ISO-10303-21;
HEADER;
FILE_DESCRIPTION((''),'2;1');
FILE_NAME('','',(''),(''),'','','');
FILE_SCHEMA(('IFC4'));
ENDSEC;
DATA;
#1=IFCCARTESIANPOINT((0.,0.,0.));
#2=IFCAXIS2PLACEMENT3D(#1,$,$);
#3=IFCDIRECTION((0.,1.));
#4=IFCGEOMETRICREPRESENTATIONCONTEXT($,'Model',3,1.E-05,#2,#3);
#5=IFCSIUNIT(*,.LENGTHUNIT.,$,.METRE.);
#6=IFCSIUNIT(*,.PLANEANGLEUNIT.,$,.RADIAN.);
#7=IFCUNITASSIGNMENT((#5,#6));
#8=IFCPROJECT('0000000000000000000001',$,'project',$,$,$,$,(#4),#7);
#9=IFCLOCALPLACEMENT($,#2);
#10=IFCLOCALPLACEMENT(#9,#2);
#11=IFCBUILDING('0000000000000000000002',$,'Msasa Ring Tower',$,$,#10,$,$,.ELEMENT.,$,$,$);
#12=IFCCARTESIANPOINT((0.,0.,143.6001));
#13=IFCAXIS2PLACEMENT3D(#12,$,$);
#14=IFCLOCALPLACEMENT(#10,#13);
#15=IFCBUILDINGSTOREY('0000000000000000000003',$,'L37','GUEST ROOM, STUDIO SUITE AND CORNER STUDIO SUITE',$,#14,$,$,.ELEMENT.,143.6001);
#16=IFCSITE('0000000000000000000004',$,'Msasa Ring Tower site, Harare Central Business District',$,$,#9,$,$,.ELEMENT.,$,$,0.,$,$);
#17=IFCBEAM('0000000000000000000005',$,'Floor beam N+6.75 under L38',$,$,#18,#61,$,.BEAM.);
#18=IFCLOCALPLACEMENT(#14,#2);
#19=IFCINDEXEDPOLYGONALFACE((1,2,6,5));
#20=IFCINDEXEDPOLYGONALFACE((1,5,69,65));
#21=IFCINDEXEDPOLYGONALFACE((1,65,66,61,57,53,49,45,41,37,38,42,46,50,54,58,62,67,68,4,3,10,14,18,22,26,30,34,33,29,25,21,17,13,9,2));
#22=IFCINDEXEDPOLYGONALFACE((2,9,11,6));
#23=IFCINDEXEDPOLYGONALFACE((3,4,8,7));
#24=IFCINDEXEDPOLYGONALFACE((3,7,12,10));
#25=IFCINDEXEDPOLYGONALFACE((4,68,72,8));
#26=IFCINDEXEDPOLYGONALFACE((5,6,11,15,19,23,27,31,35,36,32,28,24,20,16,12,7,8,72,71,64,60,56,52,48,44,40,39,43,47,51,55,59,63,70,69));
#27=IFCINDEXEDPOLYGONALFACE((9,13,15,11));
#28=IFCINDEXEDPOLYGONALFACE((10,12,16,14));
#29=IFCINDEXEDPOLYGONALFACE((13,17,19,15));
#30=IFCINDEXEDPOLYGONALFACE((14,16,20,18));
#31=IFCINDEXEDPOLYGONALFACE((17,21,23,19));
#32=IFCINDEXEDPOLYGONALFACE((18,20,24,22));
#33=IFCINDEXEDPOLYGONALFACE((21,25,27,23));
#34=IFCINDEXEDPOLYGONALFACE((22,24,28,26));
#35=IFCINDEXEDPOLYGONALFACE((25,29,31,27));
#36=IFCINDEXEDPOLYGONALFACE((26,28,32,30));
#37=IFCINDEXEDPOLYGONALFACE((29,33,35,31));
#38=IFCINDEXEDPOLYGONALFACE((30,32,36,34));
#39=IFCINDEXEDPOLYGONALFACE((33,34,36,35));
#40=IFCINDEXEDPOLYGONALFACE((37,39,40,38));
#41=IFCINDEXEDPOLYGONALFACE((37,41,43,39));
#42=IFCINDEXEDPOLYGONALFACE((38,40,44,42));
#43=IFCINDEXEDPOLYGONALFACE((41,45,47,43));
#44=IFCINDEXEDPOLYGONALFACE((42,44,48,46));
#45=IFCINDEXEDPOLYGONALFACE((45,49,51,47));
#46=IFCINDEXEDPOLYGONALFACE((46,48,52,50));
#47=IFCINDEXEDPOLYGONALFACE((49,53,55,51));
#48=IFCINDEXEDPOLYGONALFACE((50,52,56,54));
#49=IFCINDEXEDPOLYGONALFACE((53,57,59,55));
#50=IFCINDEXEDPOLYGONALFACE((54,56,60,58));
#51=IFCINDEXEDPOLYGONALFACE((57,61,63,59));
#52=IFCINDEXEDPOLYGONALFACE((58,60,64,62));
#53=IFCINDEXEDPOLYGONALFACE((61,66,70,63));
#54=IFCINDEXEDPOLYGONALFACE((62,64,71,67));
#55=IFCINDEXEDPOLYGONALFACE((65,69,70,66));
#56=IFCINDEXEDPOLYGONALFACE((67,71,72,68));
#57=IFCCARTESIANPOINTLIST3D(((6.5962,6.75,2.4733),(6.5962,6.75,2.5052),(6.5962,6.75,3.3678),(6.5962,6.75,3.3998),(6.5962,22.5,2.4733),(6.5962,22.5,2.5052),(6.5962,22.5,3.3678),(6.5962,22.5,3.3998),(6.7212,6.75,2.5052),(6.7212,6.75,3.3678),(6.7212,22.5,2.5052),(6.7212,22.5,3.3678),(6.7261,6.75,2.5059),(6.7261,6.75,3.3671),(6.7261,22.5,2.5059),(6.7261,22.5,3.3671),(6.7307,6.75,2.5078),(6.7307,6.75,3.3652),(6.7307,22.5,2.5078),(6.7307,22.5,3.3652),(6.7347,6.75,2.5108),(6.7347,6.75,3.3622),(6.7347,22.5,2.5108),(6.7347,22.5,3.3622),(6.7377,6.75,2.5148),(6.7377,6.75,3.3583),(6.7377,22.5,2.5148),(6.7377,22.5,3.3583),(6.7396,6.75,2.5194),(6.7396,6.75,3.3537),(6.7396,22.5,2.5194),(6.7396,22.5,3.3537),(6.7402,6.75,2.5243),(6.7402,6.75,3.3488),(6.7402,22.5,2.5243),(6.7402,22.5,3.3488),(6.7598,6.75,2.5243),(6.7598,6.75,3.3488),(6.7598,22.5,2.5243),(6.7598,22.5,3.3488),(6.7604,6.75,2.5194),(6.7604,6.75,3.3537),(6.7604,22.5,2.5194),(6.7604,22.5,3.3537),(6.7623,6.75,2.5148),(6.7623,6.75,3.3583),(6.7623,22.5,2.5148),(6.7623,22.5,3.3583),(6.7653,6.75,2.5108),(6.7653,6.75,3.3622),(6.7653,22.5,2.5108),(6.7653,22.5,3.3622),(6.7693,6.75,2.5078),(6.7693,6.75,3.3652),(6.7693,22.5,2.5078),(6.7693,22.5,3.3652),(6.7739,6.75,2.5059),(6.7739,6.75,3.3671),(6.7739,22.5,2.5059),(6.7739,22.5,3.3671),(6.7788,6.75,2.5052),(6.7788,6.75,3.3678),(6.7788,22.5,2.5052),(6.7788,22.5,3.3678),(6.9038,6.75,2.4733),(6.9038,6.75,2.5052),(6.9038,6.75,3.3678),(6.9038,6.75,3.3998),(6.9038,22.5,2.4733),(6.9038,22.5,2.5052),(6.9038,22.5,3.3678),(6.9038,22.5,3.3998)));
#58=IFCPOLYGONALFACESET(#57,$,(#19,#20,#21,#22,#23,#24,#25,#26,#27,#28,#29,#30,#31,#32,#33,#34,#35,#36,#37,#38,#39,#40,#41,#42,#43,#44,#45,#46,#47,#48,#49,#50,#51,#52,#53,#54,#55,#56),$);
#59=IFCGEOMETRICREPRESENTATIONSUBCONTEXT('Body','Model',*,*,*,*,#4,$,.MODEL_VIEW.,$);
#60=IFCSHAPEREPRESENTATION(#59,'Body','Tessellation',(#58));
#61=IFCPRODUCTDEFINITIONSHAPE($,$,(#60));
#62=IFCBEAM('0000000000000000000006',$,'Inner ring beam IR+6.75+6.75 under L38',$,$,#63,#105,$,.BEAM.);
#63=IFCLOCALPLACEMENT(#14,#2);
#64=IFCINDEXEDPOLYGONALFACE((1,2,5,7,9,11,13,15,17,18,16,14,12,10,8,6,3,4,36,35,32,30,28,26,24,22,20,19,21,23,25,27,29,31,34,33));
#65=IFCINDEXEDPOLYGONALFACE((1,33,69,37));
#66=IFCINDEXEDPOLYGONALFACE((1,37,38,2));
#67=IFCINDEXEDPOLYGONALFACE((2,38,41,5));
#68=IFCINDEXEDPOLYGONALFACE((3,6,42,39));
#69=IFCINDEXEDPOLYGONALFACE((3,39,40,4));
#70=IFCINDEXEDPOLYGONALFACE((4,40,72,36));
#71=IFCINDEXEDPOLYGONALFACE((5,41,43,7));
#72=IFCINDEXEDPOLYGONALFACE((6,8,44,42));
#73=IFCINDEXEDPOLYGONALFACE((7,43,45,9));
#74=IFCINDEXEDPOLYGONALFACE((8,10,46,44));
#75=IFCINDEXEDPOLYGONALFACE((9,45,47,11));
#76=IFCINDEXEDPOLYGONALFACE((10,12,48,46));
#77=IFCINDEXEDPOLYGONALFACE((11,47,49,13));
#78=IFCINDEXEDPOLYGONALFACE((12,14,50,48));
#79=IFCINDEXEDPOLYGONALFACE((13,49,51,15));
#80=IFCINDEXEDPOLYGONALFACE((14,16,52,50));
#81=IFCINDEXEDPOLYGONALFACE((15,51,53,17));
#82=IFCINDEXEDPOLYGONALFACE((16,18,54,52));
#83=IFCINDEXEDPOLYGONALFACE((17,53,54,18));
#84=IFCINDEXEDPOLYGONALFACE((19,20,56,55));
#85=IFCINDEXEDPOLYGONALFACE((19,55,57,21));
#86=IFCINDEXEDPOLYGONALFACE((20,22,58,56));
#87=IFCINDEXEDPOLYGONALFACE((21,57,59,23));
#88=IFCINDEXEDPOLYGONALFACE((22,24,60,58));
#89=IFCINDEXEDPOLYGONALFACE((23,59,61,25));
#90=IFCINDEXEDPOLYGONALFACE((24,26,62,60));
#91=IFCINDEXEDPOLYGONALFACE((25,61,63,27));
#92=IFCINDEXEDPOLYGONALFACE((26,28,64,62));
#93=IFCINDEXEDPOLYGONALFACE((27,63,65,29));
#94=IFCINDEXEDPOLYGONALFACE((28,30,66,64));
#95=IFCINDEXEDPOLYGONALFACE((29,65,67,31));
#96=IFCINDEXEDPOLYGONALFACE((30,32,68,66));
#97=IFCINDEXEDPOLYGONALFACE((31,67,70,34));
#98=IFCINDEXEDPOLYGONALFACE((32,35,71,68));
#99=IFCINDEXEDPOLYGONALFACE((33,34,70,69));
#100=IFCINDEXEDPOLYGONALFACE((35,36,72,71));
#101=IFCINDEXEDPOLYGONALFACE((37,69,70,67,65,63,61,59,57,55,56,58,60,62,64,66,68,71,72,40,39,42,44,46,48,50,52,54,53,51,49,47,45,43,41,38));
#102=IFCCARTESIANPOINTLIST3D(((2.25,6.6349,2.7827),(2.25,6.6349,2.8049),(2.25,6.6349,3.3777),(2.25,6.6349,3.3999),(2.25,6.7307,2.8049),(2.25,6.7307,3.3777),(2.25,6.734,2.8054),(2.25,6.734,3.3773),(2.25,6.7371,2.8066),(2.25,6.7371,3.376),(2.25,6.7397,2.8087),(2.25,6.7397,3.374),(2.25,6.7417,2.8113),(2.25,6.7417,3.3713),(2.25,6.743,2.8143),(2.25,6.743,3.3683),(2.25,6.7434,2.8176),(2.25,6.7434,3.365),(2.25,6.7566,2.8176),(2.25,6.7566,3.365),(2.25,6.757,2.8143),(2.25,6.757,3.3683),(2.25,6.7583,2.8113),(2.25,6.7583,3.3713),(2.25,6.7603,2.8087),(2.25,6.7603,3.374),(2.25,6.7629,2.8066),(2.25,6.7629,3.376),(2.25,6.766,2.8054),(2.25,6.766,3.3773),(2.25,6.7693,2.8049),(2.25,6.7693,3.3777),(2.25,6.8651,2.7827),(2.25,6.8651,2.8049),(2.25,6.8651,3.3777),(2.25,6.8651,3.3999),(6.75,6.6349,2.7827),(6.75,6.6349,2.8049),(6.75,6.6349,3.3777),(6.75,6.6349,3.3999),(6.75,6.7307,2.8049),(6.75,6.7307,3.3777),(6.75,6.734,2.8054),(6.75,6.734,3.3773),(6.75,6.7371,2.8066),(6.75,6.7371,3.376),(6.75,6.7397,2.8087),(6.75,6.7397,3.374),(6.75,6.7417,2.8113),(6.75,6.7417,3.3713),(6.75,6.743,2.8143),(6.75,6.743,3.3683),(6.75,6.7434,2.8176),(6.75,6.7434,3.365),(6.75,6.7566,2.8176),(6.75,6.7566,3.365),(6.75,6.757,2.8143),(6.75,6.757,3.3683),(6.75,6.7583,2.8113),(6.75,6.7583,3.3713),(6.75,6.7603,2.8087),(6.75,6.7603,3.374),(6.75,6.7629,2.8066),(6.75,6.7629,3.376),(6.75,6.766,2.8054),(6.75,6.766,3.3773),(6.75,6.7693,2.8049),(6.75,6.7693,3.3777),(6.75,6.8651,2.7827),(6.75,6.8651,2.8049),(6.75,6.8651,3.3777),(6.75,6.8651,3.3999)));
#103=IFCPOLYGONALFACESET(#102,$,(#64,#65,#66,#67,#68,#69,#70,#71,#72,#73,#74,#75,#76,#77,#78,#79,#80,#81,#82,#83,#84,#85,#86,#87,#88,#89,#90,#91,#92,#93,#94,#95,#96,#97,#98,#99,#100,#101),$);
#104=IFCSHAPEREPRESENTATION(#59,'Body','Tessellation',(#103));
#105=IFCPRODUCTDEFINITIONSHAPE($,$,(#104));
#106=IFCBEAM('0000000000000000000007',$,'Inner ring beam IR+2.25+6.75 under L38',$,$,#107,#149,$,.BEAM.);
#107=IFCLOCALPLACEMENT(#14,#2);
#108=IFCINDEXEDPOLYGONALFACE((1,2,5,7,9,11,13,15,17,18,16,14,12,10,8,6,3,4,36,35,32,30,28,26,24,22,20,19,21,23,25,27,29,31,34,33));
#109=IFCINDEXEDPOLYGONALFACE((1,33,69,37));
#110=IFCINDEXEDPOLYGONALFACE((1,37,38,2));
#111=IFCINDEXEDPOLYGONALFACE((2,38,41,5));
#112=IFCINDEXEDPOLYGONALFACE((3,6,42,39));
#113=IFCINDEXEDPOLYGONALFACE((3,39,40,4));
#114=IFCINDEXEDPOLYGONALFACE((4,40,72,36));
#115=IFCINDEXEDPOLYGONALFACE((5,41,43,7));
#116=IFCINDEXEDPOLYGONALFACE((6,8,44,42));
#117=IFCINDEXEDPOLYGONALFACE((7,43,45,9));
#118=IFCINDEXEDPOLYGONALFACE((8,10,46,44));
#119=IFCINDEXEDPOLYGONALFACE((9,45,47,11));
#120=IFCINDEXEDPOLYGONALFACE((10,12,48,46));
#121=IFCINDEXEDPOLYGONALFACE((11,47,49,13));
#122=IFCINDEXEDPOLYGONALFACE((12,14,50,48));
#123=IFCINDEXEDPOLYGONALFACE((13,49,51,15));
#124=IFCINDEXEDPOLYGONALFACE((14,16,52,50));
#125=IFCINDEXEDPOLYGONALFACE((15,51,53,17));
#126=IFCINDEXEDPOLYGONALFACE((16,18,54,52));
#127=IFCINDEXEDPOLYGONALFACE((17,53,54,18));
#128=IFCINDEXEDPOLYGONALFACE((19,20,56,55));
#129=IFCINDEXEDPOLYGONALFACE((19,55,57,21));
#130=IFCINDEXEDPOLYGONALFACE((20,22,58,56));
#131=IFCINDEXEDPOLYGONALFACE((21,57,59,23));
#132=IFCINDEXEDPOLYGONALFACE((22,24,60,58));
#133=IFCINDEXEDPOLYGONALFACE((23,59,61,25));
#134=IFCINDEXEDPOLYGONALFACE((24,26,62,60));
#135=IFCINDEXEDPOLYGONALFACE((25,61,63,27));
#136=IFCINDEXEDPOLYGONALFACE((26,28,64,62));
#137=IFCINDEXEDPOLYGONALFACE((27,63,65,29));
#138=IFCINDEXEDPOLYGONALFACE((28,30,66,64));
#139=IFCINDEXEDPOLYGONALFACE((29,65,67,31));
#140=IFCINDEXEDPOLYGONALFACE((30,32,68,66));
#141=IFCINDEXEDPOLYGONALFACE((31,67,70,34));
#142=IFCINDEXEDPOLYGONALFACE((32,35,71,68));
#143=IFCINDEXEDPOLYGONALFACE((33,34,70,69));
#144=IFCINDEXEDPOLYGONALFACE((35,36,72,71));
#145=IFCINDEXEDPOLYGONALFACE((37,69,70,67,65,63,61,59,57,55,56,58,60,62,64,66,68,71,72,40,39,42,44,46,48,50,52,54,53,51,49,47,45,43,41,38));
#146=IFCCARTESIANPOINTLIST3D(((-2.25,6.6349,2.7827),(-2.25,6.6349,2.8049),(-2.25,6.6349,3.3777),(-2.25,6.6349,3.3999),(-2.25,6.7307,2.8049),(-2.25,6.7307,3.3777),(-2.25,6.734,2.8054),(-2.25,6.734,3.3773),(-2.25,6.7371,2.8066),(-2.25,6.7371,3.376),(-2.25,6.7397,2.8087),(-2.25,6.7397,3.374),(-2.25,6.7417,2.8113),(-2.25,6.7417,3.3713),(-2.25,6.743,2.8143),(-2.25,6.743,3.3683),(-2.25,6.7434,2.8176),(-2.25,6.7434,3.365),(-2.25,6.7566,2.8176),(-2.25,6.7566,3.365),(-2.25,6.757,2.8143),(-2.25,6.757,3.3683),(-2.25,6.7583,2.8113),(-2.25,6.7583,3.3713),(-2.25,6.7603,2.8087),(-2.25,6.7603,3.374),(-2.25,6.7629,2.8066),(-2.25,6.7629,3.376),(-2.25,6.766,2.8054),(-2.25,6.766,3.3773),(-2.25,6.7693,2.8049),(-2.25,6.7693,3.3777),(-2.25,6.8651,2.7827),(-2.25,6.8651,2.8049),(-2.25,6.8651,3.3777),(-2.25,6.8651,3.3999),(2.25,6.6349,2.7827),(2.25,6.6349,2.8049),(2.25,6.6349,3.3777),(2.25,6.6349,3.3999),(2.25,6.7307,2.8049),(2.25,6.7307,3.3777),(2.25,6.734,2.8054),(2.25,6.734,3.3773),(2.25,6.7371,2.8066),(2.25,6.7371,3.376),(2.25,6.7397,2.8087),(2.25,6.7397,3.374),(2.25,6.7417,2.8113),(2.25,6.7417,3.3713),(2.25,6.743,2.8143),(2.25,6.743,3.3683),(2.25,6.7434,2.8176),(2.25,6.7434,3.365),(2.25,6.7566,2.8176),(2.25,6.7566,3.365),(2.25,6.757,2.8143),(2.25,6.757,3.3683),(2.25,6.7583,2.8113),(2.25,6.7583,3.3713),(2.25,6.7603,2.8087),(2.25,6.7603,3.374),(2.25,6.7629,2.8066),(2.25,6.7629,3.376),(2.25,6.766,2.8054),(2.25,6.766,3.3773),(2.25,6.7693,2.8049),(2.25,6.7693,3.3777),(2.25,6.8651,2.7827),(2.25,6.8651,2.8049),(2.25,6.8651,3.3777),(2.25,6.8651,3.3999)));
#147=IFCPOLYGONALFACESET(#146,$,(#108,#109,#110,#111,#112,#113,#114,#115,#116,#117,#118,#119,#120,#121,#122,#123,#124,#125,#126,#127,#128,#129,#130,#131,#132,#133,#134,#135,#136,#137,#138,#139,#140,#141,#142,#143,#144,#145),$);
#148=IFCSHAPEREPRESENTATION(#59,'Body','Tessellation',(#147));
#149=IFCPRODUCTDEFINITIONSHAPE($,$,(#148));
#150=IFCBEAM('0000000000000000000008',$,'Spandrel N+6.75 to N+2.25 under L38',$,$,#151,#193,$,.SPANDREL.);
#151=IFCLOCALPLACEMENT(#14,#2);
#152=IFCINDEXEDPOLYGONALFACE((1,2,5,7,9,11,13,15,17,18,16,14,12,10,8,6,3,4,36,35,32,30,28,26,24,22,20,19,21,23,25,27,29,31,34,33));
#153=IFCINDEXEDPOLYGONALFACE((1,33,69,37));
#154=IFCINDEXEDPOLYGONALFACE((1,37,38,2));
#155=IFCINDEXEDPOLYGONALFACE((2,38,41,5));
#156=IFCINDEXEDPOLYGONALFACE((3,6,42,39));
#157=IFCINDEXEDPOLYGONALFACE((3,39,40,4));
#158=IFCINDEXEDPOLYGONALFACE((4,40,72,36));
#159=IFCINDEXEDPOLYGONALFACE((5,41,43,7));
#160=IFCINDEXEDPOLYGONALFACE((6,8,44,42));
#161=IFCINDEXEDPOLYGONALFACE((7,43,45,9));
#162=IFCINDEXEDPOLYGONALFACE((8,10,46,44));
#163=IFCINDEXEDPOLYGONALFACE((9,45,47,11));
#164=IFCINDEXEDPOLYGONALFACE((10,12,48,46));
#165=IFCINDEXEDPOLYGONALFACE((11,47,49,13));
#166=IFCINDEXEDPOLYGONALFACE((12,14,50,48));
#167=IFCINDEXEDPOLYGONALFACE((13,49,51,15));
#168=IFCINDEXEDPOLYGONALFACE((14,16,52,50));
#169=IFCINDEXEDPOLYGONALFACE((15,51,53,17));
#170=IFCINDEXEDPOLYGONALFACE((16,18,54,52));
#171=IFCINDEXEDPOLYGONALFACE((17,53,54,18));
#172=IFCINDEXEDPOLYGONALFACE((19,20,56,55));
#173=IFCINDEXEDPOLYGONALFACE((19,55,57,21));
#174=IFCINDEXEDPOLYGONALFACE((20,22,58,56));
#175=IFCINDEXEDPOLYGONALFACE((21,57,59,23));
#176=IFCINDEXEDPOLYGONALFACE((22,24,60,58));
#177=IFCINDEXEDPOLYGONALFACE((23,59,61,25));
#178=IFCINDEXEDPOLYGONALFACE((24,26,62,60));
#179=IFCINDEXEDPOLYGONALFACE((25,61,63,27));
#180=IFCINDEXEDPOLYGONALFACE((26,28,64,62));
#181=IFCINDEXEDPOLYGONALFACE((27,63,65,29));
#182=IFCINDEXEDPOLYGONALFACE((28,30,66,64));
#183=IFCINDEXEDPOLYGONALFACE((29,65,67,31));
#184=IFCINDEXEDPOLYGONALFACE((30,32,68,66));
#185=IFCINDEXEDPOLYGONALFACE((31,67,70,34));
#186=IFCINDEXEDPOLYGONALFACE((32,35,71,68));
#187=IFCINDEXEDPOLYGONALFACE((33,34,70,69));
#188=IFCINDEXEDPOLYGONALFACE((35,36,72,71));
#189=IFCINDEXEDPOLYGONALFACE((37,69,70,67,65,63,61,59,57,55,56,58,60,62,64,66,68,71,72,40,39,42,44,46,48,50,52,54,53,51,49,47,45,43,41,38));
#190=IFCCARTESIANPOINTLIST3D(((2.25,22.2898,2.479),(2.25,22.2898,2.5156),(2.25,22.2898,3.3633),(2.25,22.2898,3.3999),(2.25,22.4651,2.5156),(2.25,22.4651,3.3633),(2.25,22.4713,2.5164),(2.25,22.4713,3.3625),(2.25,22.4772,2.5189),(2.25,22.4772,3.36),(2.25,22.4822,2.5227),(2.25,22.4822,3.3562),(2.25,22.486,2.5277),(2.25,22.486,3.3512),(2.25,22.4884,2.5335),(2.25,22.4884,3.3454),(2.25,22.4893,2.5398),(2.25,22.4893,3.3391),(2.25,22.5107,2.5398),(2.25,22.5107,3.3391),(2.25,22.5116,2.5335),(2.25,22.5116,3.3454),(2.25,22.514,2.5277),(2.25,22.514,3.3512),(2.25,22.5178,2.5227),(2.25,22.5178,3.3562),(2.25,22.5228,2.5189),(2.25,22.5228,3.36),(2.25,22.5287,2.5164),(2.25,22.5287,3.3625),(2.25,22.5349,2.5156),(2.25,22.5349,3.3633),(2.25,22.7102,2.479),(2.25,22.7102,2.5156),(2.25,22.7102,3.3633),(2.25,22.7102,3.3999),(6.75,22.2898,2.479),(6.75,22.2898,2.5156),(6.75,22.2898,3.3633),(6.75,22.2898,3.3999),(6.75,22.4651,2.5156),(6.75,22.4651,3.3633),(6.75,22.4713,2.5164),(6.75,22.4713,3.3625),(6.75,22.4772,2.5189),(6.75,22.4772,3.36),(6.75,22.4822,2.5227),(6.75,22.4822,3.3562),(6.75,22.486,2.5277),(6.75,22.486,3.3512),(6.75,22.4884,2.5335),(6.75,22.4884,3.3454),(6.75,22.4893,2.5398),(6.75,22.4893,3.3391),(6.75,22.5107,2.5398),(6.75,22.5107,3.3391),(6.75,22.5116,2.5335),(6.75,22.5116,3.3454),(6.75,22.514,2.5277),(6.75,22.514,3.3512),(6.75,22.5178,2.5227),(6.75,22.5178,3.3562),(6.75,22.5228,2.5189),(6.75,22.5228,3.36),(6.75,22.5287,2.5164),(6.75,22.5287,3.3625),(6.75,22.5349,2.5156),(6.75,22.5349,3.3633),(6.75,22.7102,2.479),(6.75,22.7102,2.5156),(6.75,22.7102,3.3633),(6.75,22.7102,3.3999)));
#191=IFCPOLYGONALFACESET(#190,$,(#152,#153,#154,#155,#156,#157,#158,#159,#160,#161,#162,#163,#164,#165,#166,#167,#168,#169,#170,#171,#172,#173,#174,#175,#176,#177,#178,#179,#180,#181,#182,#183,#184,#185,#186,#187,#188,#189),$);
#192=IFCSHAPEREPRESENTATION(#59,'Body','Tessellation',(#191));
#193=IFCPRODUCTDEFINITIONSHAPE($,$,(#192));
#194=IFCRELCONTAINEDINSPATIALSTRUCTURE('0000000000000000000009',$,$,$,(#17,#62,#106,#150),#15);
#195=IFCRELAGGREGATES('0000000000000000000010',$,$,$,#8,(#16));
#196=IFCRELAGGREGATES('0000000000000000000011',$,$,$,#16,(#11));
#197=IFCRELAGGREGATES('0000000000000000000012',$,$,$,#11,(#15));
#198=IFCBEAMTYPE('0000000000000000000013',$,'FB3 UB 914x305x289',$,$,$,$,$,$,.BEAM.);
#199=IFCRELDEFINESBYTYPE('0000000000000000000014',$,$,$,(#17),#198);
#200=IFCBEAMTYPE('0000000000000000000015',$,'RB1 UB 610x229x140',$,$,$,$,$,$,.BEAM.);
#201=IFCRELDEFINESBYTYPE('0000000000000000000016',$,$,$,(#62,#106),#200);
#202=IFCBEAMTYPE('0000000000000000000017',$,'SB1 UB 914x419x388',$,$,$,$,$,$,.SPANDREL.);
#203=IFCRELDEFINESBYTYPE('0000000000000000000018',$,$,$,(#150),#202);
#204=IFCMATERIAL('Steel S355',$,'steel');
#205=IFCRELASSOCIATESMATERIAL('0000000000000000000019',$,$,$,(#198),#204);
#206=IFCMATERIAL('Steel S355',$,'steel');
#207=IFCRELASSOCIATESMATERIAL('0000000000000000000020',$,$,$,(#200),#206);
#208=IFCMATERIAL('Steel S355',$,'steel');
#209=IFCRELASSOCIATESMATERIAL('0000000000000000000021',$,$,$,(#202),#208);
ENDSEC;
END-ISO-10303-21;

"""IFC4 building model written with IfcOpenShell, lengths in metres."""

from ifc_helpers import new_model, si_unit, direction, frame, origin, origin_2d, place, context, subcontext, project, spatial, i_section, extrude, material, material_profile, profile_set, type_object, element, save


model = new_model("IFC4")

# Units and contexts
model_context = context("Model", 3, precision=1e-05, world=origin(), true_north=direction((0.0, 1.0)))
body_context = subcontext(model_context, "Body", "Model", "MODEL_VIEW")
ifc_project = project(units=[si_unit("LENGTHUNIT", "METRE"), si_unit("PLANEANGLEUNIT", "RADIAN")], contexts=[model_context])

# Site, building, storey
site_placement = place(None, origin())
site = spatial("IfcSite", under=ifc_project, at=site_placement, Name="Msasa Ring Tower site, Harare Central Business District", CompositionType="ELEMENT", RefElevation=0.0)
building_placement = place(site_placement, origin())
building = spatial("IfcBuilding", under=site, at=building_placement, Name="Msasa Ring Tower", CompositionType="ELEMENT")
storey_placement = place(building_placement, frame((0.0, 0.0, 143.6001)))
storey = spatial("IfcBuildingStorey", under=building, at=storey_placement, Name="L37", Description="GUEST ROOM, STUDIO SUITE AND CORNER STUDIO SUITE", CompositionType="ELEMENT", Elevation=143.6001)

# Beams
ifc_material_1 = material(Name="Steel S355", Category="steel")
ifc_material_profile_1 = material_profile(ifc_material_1, i_section(OverallWidth=0.3076, OverallDepth=0.9265, WebThickness=0.0195, FlangeThickness=0.032, FilletRadius=0.019, at=origin_2d()), Name="UB 914x305x289")
ifc_profile_set_1 = profile_set([ifc_material_profile_1], Name="Steel S355")
beam_type_1 = type_object("IfcBeamType", Name="FB3 UB 914x305x289", PredefinedType="BEAM", material=ifc_profile_set_1)
for number, where, z_axis, x_axis, name in (
    (1, (6.75, 22.5, 2.9365), (0.0, -1.0, 0.0), (1.0, 0.0, 0.0), "Floor beam N+6.75 under L38"),
):
    element("IfcBeam", number, at=place(storey_placement, frame(where, z_axis=z_axis, x_axis=x_axis)), inside=storey, type_object=beam_type_1, Name=name, PredefinedType="BEAM", context=body_context, shape_type="SweptSolid", body=[
        extrude(i_section(OverallWidth=0.3076, OverallDepth=0.9265, WebThickness=0.0195, FlangeThickness=0.032, FilletRadius=0.019, at=origin_2d()), origin(), (0.0, 0.0, 1.0), 15.75),
    ])
ifc_material_2 = material(Name="Steel S355", Category="steel")
ifc_material_profile_2 = material_profile(ifc_material_2, i_section(OverallWidth=0.2302, OverallDepth=0.6172, WebThickness=0.0132, FlangeThickness=0.0222, FilletRadius=0.0127, at=origin_2d()), Name="UB 610x229x140")
ifc_profile_set_2 = profile_set([ifc_material_profile_2], Name="Steel S355")
beam_type_2 = type_object("IfcBeamType", Name="RB1 UB 610x229x140", PredefinedType="BEAM", material=ifc_profile_set_2)
for number, where, z_axis, x_axis, name in (
    (2, (6.75, 6.75, 3.0913), (-1.0, 0.0, 0.0), (0.0, -1.0, 0.0), "Inner ring beam IR+6.75+6.75 under L38"),
    (3, (2.25, 6.75, 3.0913), (-1.0, 0.0, 0.0), (0.0, -1.0, 0.0), "Inner ring beam IR+2.25+6.75 under L38"),
):
    element("IfcBeam", number, at=place(storey_placement, frame(where, z_axis=z_axis, x_axis=x_axis)), inside=storey, type_object=beam_type_2, Name=name, PredefinedType="BEAM", context=body_context, shape_type="SweptSolid", body=[
        extrude(i_section(OverallWidth=0.2302, OverallDepth=0.6172, WebThickness=0.0132, FlangeThickness=0.0222, FilletRadius=0.0127, at=origin_2d()), origin(), (0.0, 0.0, 1.0), 4.5),
    ])
ifc_material_3 = material(Name="Steel S355", Category="steel")
ifc_material_profile_3 = material_profile(ifc_material_3, i_section(OverallWidth=0.4204, OverallDepth=0.9209, WebThickness=0.0215, FlangeThickness=0.0366, FilletRadius=0.0242, at=origin_2d()), Name="UB 914x419x388")
ifc_profile_set_3 = profile_set([ifc_material_profile_3], Name="Steel S355")
beam_type_3 = type_object("IfcBeamType", Name="SB1 UB 914x419x388", PredefinedType="SPANDREL", material=ifc_profile_set_3)
for number, where, z_axis, x_axis, name in (
    (4, (6.75, 22.5, 2.9395), (-1.0, 0.0, 0.0), (0.0, -1.0, 0.0), "Spandrel N+6.75 to N+2.25 under L38"),
):
    element("IfcBeam", number, at=place(storey_placement, frame(where, z_axis=z_axis, x_axis=x_axis)), inside=storey, type_object=beam_type_3, Name=name, PredefinedType="SPANDREL", context=body_context, shape_type="SweptSolid", body=[
        extrude(i_section(OverallWidth=0.4204, OverallDepth=0.9209, WebThickness=0.0215, FlangeThickness=0.0366, FilletRadius=0.0242, at=origin_2d()), origin(), (0.0, 0.0, 1.0), 4.5),
    ])

save(model, "model.ifc")
